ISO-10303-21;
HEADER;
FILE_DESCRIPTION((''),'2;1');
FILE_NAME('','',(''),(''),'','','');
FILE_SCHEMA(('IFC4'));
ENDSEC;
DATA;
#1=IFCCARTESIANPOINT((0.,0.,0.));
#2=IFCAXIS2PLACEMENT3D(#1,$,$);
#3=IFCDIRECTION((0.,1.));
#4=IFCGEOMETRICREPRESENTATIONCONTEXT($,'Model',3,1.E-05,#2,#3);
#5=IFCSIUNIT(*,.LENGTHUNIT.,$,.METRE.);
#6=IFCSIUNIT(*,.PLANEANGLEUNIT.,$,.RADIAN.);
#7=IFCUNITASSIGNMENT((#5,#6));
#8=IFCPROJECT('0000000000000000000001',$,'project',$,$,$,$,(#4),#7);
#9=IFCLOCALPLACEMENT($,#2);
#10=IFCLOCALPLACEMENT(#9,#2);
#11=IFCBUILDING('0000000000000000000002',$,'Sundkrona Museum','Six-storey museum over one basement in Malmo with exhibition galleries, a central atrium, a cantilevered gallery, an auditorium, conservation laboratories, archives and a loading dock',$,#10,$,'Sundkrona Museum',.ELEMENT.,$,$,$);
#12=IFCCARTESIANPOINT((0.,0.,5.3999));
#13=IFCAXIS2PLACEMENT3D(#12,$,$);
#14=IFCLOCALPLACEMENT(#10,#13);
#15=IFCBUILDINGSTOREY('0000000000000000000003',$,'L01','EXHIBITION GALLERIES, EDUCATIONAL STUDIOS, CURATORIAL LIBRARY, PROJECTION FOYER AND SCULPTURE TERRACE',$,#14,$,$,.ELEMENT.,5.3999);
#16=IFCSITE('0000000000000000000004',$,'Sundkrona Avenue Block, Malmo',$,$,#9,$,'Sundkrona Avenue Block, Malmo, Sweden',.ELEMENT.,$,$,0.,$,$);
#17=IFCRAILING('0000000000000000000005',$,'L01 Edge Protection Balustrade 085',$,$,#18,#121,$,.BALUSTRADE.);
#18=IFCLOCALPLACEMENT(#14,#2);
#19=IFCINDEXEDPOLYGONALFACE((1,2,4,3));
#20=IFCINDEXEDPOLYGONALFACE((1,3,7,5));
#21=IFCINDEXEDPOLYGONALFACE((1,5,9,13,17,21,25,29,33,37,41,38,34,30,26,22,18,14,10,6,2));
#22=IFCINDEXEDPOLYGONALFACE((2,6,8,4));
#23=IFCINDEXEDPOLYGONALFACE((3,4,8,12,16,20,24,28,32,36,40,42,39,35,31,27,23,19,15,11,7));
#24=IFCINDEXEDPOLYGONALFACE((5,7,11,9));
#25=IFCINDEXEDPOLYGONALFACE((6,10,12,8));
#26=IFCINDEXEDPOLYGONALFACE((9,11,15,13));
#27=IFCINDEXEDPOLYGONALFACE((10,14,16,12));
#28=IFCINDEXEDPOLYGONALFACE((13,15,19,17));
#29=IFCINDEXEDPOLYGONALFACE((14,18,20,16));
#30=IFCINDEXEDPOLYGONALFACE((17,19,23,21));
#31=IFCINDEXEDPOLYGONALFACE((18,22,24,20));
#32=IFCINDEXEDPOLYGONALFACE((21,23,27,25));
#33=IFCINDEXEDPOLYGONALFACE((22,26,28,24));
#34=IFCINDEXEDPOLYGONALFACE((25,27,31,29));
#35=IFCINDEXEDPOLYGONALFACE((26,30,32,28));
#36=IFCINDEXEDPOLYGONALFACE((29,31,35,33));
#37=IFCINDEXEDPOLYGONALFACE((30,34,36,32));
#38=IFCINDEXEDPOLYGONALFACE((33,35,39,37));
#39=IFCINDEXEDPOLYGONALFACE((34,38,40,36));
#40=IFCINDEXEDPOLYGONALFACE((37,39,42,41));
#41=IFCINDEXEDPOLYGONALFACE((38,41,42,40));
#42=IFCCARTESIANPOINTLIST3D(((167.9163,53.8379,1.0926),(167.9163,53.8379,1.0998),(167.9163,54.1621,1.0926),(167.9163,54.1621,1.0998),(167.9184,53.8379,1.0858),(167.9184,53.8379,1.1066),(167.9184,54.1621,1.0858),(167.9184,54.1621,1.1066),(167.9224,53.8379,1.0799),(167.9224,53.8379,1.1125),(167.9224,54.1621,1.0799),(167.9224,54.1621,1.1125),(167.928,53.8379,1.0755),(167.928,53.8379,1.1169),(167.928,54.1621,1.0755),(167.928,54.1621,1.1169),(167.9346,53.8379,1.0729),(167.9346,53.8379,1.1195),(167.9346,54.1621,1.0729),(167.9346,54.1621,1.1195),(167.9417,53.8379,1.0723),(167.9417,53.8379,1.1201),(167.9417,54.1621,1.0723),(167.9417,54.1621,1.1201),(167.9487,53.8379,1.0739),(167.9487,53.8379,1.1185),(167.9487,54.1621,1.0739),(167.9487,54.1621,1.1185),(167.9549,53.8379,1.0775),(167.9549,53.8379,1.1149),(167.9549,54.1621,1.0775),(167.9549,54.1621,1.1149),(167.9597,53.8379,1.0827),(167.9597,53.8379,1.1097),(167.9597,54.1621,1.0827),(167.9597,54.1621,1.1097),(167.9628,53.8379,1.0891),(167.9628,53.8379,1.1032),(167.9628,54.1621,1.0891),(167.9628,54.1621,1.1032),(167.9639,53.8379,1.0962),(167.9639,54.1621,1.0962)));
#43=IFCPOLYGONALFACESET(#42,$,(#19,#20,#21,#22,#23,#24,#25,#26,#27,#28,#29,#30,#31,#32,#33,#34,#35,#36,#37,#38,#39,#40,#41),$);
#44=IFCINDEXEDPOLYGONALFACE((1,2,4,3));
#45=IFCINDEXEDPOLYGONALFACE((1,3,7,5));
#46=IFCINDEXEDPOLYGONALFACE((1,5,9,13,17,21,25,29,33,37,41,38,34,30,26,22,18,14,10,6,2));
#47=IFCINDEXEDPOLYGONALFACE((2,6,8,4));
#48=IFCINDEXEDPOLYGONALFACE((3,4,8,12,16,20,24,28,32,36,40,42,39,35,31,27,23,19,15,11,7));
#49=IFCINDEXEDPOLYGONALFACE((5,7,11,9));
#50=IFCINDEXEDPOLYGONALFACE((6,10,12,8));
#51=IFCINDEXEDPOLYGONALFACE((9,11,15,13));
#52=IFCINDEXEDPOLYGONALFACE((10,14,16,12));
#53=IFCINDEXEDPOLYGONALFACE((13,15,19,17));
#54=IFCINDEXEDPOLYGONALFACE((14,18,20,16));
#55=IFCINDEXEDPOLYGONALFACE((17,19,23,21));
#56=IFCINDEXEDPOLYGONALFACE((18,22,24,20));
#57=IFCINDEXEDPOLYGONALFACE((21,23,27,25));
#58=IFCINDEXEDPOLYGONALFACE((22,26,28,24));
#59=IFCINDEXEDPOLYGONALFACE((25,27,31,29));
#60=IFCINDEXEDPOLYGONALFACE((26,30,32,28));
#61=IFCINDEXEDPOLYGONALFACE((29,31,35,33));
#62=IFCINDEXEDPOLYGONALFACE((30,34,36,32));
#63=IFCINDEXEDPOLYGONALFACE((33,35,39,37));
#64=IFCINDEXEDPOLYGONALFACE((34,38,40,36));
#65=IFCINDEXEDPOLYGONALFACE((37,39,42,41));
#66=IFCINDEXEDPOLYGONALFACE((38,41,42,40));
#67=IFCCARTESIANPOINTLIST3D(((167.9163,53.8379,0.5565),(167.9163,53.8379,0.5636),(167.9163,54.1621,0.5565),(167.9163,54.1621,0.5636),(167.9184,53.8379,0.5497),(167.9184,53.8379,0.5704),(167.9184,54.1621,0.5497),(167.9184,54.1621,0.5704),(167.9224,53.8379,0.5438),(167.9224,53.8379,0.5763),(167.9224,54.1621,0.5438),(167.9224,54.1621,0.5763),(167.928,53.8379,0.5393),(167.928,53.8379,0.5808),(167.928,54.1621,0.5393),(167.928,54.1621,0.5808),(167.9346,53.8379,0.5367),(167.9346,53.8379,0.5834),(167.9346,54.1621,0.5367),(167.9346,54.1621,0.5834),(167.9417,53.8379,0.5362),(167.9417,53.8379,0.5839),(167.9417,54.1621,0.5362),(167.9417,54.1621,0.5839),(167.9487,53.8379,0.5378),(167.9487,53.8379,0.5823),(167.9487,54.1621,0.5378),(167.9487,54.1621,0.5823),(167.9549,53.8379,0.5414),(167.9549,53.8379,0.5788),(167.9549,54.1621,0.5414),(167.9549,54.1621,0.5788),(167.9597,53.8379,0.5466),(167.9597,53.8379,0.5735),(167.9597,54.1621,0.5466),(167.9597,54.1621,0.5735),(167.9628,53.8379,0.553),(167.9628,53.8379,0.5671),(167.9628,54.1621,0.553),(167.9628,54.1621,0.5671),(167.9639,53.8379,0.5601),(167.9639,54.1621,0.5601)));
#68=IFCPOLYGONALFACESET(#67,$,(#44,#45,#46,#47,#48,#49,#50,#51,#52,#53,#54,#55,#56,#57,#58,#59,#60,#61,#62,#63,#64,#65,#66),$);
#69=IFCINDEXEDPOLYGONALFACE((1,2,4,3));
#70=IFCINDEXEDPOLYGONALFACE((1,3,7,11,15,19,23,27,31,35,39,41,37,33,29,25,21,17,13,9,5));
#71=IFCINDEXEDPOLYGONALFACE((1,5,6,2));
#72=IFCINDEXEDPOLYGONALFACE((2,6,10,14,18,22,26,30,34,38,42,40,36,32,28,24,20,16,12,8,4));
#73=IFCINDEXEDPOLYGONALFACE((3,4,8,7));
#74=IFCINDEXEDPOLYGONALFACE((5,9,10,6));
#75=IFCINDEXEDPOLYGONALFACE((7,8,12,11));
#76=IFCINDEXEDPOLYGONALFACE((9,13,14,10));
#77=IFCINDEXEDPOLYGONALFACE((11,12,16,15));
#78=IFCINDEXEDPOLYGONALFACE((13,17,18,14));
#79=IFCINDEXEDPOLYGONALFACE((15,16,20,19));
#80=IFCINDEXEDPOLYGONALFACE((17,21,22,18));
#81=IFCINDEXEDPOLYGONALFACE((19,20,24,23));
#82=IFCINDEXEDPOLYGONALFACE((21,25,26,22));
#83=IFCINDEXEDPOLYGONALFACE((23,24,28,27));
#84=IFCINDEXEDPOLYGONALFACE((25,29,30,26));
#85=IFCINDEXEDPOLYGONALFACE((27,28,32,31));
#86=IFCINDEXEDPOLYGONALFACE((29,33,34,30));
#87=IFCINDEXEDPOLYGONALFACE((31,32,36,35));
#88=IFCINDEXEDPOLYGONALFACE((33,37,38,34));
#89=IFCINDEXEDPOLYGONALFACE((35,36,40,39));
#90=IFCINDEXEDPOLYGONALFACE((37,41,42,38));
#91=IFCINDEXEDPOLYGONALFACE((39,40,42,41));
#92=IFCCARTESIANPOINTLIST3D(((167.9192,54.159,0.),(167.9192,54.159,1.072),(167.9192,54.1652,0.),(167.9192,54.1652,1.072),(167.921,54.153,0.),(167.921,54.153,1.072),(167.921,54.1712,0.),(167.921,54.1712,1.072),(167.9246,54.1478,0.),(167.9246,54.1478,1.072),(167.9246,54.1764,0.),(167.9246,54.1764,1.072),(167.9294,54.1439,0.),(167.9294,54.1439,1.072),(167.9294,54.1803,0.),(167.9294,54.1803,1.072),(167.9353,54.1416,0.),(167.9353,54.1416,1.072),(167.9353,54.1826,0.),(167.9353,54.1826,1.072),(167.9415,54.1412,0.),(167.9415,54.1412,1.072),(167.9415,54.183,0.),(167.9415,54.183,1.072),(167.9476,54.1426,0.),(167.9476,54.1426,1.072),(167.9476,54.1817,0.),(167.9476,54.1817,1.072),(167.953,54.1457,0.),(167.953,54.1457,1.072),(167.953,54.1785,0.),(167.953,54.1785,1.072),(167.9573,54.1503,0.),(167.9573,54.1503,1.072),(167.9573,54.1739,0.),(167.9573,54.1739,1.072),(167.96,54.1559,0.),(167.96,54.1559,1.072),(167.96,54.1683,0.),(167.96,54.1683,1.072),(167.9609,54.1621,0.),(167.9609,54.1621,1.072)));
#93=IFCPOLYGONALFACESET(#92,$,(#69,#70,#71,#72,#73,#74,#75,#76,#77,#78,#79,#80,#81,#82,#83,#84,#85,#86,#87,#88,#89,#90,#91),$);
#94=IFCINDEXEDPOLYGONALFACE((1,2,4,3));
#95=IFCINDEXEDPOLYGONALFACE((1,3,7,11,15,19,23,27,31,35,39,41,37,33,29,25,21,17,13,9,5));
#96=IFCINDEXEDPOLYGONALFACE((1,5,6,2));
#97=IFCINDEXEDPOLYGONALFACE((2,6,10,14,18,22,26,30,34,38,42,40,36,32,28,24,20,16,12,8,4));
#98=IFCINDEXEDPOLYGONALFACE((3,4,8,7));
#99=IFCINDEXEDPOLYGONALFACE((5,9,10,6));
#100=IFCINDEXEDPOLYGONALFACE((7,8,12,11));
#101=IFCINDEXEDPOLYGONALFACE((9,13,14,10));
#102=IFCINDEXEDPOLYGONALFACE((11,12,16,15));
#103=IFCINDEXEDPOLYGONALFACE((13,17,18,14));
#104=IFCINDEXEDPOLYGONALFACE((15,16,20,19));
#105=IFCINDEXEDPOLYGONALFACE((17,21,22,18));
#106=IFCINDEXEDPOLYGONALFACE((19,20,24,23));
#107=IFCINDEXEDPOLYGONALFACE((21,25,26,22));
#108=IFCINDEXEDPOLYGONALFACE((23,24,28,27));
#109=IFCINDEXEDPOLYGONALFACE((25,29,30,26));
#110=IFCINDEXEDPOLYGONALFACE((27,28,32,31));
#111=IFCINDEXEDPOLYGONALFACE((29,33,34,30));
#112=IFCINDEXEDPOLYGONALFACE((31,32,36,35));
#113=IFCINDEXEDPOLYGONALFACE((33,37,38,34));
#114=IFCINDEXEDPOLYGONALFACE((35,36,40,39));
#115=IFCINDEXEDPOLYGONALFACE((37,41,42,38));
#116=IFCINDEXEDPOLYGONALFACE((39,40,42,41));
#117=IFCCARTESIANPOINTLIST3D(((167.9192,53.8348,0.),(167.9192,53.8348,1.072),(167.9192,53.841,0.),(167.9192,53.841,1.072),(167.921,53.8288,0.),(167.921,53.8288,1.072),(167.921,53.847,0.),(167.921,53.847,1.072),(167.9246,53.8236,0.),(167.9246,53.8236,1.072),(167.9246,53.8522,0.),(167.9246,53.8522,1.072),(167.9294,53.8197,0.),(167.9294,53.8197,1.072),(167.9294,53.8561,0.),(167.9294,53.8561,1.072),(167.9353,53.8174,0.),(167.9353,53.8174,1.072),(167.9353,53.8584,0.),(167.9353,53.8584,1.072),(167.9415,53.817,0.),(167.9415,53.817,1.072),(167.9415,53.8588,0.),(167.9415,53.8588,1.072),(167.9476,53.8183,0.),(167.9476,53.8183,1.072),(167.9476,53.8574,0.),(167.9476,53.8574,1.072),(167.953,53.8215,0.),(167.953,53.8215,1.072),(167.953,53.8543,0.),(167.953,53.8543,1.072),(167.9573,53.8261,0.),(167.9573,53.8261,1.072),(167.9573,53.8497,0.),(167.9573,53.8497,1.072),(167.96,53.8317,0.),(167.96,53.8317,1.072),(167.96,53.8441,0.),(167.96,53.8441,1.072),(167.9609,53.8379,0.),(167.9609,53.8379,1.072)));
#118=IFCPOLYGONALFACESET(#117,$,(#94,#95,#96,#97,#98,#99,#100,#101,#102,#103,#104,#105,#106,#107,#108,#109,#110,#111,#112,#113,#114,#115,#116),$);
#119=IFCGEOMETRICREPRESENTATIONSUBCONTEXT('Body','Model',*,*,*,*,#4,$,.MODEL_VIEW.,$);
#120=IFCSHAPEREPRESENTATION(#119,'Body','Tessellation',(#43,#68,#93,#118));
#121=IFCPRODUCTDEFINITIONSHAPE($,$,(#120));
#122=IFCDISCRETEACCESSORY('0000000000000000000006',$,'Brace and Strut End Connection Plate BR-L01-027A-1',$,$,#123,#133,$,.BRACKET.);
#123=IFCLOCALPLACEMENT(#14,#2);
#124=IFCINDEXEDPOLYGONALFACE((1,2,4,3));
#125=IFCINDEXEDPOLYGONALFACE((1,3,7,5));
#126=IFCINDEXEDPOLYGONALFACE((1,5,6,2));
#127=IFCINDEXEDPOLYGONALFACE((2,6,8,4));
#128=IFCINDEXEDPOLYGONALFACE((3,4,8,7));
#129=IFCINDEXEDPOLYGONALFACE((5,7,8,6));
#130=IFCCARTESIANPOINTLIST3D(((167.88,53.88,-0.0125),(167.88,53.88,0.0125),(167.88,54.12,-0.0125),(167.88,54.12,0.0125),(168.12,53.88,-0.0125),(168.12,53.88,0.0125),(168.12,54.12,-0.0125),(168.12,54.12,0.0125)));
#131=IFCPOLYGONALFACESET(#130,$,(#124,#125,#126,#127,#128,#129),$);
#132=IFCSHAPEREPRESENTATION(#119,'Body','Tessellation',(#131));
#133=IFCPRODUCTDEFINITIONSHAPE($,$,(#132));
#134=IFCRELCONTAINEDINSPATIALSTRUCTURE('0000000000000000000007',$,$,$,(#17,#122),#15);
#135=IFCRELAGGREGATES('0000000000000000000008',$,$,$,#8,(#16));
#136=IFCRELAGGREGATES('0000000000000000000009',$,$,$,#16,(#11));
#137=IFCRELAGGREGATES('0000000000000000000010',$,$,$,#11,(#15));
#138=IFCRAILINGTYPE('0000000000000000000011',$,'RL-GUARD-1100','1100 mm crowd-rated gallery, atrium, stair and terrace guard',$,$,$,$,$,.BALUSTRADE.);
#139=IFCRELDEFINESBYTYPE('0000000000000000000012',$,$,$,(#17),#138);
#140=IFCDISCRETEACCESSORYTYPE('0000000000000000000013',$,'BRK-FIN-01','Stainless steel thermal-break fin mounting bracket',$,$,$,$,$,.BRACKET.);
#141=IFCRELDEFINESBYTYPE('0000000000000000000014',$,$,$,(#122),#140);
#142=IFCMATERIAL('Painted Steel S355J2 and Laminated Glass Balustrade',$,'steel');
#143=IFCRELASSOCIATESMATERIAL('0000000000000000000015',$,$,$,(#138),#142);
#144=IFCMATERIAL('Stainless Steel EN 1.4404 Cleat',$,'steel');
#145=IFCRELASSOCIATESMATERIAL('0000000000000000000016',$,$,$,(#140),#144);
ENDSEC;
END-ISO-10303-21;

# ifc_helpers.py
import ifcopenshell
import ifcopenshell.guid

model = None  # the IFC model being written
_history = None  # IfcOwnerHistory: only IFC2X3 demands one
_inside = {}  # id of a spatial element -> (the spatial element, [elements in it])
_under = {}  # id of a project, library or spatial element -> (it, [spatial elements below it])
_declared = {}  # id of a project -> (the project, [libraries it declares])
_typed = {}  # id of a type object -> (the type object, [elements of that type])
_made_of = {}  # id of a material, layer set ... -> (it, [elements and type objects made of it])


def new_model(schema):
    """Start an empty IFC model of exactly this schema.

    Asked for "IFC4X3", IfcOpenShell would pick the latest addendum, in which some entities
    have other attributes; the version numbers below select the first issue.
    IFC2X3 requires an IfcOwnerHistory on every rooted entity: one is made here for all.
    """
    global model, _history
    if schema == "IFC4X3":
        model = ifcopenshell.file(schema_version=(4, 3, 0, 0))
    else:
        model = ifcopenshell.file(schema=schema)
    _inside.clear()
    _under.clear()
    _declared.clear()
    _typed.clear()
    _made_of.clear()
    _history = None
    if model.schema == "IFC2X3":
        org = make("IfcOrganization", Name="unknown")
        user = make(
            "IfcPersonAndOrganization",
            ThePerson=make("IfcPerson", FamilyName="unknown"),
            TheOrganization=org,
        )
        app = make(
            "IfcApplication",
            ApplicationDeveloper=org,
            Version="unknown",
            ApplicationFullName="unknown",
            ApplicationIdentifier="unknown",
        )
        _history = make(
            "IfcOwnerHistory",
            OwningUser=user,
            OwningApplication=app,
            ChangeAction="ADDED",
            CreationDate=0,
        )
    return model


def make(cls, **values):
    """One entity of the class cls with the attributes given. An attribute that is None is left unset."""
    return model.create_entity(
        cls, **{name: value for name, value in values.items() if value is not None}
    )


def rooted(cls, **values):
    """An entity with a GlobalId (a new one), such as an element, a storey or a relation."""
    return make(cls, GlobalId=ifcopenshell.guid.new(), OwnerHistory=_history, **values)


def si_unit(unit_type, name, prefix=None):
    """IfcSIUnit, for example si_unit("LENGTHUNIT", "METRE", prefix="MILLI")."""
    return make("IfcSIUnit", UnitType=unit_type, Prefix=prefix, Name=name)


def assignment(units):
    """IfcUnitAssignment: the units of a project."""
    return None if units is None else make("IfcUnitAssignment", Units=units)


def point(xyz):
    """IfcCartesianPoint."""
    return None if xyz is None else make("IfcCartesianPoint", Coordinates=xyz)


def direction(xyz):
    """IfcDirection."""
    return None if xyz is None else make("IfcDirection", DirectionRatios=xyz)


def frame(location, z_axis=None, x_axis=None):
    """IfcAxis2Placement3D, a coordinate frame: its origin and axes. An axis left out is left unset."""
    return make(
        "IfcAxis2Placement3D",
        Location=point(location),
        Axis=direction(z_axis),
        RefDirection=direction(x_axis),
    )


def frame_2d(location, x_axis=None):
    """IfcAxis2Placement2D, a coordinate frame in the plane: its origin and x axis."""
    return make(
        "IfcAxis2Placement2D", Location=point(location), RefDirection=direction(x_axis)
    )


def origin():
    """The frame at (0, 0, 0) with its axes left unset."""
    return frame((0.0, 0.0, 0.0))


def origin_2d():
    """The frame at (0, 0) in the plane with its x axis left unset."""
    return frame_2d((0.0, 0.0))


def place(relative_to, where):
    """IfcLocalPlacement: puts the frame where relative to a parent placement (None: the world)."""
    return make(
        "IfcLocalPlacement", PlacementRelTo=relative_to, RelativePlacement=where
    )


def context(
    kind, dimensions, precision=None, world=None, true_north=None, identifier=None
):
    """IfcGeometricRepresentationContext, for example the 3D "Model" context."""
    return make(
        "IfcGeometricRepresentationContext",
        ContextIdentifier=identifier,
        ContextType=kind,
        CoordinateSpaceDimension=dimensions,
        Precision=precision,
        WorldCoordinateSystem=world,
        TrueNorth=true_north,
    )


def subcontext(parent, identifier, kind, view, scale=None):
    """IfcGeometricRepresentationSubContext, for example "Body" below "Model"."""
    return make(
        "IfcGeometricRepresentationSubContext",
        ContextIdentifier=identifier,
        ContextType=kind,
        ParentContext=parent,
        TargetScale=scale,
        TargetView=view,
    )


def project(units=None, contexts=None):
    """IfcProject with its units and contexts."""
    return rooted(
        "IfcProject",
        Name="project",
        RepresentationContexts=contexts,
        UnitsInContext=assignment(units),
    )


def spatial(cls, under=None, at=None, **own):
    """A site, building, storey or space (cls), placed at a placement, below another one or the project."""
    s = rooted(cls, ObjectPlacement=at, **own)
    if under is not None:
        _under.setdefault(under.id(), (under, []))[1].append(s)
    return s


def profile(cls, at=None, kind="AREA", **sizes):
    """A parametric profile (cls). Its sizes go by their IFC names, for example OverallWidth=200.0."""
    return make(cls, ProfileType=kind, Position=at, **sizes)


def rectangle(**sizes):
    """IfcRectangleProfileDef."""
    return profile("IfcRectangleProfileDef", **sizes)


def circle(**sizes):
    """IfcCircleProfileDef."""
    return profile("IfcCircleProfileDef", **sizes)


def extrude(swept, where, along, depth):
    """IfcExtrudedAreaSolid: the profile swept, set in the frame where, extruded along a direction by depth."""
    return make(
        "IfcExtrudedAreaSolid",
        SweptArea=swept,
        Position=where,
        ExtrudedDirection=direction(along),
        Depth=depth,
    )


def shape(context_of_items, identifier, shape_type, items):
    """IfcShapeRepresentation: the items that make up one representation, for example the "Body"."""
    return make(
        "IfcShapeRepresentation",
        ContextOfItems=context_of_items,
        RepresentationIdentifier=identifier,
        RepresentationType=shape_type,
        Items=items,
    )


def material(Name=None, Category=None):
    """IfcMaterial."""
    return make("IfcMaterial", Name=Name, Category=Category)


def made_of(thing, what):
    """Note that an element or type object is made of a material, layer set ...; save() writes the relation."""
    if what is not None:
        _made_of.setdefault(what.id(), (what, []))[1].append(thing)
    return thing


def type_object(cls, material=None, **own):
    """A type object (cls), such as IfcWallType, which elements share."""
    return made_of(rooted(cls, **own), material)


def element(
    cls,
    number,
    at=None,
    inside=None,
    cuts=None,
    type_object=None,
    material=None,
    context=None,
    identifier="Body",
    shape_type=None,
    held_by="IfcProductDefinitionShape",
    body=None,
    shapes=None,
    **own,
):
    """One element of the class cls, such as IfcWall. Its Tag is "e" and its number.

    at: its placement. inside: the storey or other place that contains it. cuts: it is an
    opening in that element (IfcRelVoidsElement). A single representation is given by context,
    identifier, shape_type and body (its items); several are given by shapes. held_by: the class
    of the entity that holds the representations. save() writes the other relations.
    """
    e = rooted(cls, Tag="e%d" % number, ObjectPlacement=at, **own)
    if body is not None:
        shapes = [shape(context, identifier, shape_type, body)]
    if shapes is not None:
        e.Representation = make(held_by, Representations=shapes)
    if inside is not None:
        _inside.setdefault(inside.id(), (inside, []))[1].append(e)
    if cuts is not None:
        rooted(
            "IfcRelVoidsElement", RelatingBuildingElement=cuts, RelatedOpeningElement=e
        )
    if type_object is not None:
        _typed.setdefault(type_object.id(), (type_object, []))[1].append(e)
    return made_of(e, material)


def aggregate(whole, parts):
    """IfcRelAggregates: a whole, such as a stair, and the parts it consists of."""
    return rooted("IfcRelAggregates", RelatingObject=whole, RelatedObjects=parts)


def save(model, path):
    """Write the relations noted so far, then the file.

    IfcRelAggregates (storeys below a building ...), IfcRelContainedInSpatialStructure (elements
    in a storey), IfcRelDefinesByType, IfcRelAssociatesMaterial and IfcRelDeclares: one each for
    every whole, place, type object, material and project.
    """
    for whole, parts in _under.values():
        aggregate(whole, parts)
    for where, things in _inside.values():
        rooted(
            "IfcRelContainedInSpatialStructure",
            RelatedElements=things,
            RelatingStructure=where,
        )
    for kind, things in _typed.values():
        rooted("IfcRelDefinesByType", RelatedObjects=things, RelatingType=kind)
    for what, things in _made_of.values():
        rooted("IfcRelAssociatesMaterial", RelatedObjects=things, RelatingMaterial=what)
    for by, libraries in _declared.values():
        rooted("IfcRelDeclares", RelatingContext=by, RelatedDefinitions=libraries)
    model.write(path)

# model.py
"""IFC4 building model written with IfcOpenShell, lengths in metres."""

from ifc_helpers import new_model, si_unit, direction, frame, origin, origin_2d, place, context, subcontext, project, spatial, rectangle, circle, extrude, material, type_object, element, save


model = new_model("IFC4")

# Units and contexts
model_context = context("Model", 3, precision=1e-05, world=origin(), true_north=direction((0.0, 1.0)))
body_context = subcontext(model_context, "Body", "Model", "MODEL_VIEW")
ifc_project = project(units=[si_unit("LENGTHUNIT", "METRE"), si_unit("PLANEANGLEUNIT", "RADIAN")], contexts=[model_context])

# Site, building, storey
site_placement = place(None, origin())
site = spatial("IfcSite", under=ifc_project, at=site_placement, Name="Sundkrona Avenue Block, Malmo", LongName="Sundkrona Avenue Block, Malmo, Sweden", CompositionType="ELEMENT", RefElevation=0.0)
building_placement = place(site_placement, origin())
building = spatial("IfcBuilding", under=site, at=building_placement, Name="Sundkrona Museum", Description="Six-storey museum over one basement in Malmo with exhibition galleries, a central atrium, a cantilevered gallery, an auditorium, conservation laboratories, archives and a loading dock", LongName="Sundkrona Museum", CompositionType="ELEMENT")
storey_placement = place(building_placement, frame((0.0, 0.0, 5.3999)))
storey = spatial("IfcBuildingStorey", under=building, at=storey_placement, Name="L01", Description="EXHIBITION GALLERIES, EDUCATIONAL STUDIOS, CURATORIAL LIBRARY, PROJECTION FOYER AND SCULPTURE TERRACE", CompositionType="ELEMENT", Elevation=5.3999)

# Railing
ifc_material_1 = material(Name="Painted Steel S355J2 and Laminated Glass Balustrade", Category="steel")
railing_type = type_object("IfcRailingType", Name="RL-GUARD-1100", Description="1100 mm crowd-rated gallery, atrium, stair and terrace guard", PredefinedType="BALUSTRADE", material=ifc_material_1)
railing_1_placement = place(storey_placement, frame((167.9399, 54.1621, 0.0)))
element("IfcRailing", 1, at=railing_1_placement, inside=storey, type_object=railing_type, Name="L01 Edge Protection Balustrade 085", PredefinedType="BALUSTRADE", context=body_context, shape_type="SweptSolid", body=[
    extrude(circle(Radius=0.0239, at=origin_2d()), frame((0.0, 0.0, 1.0962), z_axis=(0.0, -1.0, 0.0), x_axis=(1.0, 0.0, 0.0)), (0.0, 0.0, 1.0), 0.3242),
    extrude(circle(Radius=0.0239, at=origin_2d()), frame((0.0, 0.0, 0.5601), z_axis=(0.0, -1.0, 0.0), x_axis=(1.0, 0.0, 0.0)), (0.0, 0.0, 1.0), 0.3242),
    extrude(circle(Radius=0.021, at=origin_2d()), origin(), (0.0, 0.0, 1.0), 1.072),
    extrude(circle(Radius=0.021, at=origin_2d()), frame((0.0, -0.3242, 0.0)), (0.0, 0.0, 1.0), 1.072),
])

# Discrete accessory
ifc_material_2 = material(Name="Stainless Steel EN 1.4404 Cleat", Category="steel")
discrete_accessory_type = type_object("IfcDiscreteAccessoryType", Name="BRK-FIN-01", Description="Stainless steel thermal-break fin mounting bracket", PredefinedType="BRACKET", material=ifc_material_2)
discrete_accessory_placement = place(storey_placement, frame((168.0, 54.0, -0.0125), z_axis=(0.0, 0.0, 1.0), x_axis=(1.0, 0.0, 0.0)))
element("IfcDiscreteAccessory", 2, at=discrete_accessory_placement, inside=storey, type_object=discrete_accessory_type, Name="Brace and Strut End Connection Plate BR-L01-027A-1", PredefinedType="BRACKET", context=body_context, shape_type="SweptSolid", body=[
    extrude(rectangle(XDim=0.24, YDim=0.24, at=origin_2d()), origin(), (0.0, 0.0, 1.0), 0.0249),
])

save(model, "model.ifc")
